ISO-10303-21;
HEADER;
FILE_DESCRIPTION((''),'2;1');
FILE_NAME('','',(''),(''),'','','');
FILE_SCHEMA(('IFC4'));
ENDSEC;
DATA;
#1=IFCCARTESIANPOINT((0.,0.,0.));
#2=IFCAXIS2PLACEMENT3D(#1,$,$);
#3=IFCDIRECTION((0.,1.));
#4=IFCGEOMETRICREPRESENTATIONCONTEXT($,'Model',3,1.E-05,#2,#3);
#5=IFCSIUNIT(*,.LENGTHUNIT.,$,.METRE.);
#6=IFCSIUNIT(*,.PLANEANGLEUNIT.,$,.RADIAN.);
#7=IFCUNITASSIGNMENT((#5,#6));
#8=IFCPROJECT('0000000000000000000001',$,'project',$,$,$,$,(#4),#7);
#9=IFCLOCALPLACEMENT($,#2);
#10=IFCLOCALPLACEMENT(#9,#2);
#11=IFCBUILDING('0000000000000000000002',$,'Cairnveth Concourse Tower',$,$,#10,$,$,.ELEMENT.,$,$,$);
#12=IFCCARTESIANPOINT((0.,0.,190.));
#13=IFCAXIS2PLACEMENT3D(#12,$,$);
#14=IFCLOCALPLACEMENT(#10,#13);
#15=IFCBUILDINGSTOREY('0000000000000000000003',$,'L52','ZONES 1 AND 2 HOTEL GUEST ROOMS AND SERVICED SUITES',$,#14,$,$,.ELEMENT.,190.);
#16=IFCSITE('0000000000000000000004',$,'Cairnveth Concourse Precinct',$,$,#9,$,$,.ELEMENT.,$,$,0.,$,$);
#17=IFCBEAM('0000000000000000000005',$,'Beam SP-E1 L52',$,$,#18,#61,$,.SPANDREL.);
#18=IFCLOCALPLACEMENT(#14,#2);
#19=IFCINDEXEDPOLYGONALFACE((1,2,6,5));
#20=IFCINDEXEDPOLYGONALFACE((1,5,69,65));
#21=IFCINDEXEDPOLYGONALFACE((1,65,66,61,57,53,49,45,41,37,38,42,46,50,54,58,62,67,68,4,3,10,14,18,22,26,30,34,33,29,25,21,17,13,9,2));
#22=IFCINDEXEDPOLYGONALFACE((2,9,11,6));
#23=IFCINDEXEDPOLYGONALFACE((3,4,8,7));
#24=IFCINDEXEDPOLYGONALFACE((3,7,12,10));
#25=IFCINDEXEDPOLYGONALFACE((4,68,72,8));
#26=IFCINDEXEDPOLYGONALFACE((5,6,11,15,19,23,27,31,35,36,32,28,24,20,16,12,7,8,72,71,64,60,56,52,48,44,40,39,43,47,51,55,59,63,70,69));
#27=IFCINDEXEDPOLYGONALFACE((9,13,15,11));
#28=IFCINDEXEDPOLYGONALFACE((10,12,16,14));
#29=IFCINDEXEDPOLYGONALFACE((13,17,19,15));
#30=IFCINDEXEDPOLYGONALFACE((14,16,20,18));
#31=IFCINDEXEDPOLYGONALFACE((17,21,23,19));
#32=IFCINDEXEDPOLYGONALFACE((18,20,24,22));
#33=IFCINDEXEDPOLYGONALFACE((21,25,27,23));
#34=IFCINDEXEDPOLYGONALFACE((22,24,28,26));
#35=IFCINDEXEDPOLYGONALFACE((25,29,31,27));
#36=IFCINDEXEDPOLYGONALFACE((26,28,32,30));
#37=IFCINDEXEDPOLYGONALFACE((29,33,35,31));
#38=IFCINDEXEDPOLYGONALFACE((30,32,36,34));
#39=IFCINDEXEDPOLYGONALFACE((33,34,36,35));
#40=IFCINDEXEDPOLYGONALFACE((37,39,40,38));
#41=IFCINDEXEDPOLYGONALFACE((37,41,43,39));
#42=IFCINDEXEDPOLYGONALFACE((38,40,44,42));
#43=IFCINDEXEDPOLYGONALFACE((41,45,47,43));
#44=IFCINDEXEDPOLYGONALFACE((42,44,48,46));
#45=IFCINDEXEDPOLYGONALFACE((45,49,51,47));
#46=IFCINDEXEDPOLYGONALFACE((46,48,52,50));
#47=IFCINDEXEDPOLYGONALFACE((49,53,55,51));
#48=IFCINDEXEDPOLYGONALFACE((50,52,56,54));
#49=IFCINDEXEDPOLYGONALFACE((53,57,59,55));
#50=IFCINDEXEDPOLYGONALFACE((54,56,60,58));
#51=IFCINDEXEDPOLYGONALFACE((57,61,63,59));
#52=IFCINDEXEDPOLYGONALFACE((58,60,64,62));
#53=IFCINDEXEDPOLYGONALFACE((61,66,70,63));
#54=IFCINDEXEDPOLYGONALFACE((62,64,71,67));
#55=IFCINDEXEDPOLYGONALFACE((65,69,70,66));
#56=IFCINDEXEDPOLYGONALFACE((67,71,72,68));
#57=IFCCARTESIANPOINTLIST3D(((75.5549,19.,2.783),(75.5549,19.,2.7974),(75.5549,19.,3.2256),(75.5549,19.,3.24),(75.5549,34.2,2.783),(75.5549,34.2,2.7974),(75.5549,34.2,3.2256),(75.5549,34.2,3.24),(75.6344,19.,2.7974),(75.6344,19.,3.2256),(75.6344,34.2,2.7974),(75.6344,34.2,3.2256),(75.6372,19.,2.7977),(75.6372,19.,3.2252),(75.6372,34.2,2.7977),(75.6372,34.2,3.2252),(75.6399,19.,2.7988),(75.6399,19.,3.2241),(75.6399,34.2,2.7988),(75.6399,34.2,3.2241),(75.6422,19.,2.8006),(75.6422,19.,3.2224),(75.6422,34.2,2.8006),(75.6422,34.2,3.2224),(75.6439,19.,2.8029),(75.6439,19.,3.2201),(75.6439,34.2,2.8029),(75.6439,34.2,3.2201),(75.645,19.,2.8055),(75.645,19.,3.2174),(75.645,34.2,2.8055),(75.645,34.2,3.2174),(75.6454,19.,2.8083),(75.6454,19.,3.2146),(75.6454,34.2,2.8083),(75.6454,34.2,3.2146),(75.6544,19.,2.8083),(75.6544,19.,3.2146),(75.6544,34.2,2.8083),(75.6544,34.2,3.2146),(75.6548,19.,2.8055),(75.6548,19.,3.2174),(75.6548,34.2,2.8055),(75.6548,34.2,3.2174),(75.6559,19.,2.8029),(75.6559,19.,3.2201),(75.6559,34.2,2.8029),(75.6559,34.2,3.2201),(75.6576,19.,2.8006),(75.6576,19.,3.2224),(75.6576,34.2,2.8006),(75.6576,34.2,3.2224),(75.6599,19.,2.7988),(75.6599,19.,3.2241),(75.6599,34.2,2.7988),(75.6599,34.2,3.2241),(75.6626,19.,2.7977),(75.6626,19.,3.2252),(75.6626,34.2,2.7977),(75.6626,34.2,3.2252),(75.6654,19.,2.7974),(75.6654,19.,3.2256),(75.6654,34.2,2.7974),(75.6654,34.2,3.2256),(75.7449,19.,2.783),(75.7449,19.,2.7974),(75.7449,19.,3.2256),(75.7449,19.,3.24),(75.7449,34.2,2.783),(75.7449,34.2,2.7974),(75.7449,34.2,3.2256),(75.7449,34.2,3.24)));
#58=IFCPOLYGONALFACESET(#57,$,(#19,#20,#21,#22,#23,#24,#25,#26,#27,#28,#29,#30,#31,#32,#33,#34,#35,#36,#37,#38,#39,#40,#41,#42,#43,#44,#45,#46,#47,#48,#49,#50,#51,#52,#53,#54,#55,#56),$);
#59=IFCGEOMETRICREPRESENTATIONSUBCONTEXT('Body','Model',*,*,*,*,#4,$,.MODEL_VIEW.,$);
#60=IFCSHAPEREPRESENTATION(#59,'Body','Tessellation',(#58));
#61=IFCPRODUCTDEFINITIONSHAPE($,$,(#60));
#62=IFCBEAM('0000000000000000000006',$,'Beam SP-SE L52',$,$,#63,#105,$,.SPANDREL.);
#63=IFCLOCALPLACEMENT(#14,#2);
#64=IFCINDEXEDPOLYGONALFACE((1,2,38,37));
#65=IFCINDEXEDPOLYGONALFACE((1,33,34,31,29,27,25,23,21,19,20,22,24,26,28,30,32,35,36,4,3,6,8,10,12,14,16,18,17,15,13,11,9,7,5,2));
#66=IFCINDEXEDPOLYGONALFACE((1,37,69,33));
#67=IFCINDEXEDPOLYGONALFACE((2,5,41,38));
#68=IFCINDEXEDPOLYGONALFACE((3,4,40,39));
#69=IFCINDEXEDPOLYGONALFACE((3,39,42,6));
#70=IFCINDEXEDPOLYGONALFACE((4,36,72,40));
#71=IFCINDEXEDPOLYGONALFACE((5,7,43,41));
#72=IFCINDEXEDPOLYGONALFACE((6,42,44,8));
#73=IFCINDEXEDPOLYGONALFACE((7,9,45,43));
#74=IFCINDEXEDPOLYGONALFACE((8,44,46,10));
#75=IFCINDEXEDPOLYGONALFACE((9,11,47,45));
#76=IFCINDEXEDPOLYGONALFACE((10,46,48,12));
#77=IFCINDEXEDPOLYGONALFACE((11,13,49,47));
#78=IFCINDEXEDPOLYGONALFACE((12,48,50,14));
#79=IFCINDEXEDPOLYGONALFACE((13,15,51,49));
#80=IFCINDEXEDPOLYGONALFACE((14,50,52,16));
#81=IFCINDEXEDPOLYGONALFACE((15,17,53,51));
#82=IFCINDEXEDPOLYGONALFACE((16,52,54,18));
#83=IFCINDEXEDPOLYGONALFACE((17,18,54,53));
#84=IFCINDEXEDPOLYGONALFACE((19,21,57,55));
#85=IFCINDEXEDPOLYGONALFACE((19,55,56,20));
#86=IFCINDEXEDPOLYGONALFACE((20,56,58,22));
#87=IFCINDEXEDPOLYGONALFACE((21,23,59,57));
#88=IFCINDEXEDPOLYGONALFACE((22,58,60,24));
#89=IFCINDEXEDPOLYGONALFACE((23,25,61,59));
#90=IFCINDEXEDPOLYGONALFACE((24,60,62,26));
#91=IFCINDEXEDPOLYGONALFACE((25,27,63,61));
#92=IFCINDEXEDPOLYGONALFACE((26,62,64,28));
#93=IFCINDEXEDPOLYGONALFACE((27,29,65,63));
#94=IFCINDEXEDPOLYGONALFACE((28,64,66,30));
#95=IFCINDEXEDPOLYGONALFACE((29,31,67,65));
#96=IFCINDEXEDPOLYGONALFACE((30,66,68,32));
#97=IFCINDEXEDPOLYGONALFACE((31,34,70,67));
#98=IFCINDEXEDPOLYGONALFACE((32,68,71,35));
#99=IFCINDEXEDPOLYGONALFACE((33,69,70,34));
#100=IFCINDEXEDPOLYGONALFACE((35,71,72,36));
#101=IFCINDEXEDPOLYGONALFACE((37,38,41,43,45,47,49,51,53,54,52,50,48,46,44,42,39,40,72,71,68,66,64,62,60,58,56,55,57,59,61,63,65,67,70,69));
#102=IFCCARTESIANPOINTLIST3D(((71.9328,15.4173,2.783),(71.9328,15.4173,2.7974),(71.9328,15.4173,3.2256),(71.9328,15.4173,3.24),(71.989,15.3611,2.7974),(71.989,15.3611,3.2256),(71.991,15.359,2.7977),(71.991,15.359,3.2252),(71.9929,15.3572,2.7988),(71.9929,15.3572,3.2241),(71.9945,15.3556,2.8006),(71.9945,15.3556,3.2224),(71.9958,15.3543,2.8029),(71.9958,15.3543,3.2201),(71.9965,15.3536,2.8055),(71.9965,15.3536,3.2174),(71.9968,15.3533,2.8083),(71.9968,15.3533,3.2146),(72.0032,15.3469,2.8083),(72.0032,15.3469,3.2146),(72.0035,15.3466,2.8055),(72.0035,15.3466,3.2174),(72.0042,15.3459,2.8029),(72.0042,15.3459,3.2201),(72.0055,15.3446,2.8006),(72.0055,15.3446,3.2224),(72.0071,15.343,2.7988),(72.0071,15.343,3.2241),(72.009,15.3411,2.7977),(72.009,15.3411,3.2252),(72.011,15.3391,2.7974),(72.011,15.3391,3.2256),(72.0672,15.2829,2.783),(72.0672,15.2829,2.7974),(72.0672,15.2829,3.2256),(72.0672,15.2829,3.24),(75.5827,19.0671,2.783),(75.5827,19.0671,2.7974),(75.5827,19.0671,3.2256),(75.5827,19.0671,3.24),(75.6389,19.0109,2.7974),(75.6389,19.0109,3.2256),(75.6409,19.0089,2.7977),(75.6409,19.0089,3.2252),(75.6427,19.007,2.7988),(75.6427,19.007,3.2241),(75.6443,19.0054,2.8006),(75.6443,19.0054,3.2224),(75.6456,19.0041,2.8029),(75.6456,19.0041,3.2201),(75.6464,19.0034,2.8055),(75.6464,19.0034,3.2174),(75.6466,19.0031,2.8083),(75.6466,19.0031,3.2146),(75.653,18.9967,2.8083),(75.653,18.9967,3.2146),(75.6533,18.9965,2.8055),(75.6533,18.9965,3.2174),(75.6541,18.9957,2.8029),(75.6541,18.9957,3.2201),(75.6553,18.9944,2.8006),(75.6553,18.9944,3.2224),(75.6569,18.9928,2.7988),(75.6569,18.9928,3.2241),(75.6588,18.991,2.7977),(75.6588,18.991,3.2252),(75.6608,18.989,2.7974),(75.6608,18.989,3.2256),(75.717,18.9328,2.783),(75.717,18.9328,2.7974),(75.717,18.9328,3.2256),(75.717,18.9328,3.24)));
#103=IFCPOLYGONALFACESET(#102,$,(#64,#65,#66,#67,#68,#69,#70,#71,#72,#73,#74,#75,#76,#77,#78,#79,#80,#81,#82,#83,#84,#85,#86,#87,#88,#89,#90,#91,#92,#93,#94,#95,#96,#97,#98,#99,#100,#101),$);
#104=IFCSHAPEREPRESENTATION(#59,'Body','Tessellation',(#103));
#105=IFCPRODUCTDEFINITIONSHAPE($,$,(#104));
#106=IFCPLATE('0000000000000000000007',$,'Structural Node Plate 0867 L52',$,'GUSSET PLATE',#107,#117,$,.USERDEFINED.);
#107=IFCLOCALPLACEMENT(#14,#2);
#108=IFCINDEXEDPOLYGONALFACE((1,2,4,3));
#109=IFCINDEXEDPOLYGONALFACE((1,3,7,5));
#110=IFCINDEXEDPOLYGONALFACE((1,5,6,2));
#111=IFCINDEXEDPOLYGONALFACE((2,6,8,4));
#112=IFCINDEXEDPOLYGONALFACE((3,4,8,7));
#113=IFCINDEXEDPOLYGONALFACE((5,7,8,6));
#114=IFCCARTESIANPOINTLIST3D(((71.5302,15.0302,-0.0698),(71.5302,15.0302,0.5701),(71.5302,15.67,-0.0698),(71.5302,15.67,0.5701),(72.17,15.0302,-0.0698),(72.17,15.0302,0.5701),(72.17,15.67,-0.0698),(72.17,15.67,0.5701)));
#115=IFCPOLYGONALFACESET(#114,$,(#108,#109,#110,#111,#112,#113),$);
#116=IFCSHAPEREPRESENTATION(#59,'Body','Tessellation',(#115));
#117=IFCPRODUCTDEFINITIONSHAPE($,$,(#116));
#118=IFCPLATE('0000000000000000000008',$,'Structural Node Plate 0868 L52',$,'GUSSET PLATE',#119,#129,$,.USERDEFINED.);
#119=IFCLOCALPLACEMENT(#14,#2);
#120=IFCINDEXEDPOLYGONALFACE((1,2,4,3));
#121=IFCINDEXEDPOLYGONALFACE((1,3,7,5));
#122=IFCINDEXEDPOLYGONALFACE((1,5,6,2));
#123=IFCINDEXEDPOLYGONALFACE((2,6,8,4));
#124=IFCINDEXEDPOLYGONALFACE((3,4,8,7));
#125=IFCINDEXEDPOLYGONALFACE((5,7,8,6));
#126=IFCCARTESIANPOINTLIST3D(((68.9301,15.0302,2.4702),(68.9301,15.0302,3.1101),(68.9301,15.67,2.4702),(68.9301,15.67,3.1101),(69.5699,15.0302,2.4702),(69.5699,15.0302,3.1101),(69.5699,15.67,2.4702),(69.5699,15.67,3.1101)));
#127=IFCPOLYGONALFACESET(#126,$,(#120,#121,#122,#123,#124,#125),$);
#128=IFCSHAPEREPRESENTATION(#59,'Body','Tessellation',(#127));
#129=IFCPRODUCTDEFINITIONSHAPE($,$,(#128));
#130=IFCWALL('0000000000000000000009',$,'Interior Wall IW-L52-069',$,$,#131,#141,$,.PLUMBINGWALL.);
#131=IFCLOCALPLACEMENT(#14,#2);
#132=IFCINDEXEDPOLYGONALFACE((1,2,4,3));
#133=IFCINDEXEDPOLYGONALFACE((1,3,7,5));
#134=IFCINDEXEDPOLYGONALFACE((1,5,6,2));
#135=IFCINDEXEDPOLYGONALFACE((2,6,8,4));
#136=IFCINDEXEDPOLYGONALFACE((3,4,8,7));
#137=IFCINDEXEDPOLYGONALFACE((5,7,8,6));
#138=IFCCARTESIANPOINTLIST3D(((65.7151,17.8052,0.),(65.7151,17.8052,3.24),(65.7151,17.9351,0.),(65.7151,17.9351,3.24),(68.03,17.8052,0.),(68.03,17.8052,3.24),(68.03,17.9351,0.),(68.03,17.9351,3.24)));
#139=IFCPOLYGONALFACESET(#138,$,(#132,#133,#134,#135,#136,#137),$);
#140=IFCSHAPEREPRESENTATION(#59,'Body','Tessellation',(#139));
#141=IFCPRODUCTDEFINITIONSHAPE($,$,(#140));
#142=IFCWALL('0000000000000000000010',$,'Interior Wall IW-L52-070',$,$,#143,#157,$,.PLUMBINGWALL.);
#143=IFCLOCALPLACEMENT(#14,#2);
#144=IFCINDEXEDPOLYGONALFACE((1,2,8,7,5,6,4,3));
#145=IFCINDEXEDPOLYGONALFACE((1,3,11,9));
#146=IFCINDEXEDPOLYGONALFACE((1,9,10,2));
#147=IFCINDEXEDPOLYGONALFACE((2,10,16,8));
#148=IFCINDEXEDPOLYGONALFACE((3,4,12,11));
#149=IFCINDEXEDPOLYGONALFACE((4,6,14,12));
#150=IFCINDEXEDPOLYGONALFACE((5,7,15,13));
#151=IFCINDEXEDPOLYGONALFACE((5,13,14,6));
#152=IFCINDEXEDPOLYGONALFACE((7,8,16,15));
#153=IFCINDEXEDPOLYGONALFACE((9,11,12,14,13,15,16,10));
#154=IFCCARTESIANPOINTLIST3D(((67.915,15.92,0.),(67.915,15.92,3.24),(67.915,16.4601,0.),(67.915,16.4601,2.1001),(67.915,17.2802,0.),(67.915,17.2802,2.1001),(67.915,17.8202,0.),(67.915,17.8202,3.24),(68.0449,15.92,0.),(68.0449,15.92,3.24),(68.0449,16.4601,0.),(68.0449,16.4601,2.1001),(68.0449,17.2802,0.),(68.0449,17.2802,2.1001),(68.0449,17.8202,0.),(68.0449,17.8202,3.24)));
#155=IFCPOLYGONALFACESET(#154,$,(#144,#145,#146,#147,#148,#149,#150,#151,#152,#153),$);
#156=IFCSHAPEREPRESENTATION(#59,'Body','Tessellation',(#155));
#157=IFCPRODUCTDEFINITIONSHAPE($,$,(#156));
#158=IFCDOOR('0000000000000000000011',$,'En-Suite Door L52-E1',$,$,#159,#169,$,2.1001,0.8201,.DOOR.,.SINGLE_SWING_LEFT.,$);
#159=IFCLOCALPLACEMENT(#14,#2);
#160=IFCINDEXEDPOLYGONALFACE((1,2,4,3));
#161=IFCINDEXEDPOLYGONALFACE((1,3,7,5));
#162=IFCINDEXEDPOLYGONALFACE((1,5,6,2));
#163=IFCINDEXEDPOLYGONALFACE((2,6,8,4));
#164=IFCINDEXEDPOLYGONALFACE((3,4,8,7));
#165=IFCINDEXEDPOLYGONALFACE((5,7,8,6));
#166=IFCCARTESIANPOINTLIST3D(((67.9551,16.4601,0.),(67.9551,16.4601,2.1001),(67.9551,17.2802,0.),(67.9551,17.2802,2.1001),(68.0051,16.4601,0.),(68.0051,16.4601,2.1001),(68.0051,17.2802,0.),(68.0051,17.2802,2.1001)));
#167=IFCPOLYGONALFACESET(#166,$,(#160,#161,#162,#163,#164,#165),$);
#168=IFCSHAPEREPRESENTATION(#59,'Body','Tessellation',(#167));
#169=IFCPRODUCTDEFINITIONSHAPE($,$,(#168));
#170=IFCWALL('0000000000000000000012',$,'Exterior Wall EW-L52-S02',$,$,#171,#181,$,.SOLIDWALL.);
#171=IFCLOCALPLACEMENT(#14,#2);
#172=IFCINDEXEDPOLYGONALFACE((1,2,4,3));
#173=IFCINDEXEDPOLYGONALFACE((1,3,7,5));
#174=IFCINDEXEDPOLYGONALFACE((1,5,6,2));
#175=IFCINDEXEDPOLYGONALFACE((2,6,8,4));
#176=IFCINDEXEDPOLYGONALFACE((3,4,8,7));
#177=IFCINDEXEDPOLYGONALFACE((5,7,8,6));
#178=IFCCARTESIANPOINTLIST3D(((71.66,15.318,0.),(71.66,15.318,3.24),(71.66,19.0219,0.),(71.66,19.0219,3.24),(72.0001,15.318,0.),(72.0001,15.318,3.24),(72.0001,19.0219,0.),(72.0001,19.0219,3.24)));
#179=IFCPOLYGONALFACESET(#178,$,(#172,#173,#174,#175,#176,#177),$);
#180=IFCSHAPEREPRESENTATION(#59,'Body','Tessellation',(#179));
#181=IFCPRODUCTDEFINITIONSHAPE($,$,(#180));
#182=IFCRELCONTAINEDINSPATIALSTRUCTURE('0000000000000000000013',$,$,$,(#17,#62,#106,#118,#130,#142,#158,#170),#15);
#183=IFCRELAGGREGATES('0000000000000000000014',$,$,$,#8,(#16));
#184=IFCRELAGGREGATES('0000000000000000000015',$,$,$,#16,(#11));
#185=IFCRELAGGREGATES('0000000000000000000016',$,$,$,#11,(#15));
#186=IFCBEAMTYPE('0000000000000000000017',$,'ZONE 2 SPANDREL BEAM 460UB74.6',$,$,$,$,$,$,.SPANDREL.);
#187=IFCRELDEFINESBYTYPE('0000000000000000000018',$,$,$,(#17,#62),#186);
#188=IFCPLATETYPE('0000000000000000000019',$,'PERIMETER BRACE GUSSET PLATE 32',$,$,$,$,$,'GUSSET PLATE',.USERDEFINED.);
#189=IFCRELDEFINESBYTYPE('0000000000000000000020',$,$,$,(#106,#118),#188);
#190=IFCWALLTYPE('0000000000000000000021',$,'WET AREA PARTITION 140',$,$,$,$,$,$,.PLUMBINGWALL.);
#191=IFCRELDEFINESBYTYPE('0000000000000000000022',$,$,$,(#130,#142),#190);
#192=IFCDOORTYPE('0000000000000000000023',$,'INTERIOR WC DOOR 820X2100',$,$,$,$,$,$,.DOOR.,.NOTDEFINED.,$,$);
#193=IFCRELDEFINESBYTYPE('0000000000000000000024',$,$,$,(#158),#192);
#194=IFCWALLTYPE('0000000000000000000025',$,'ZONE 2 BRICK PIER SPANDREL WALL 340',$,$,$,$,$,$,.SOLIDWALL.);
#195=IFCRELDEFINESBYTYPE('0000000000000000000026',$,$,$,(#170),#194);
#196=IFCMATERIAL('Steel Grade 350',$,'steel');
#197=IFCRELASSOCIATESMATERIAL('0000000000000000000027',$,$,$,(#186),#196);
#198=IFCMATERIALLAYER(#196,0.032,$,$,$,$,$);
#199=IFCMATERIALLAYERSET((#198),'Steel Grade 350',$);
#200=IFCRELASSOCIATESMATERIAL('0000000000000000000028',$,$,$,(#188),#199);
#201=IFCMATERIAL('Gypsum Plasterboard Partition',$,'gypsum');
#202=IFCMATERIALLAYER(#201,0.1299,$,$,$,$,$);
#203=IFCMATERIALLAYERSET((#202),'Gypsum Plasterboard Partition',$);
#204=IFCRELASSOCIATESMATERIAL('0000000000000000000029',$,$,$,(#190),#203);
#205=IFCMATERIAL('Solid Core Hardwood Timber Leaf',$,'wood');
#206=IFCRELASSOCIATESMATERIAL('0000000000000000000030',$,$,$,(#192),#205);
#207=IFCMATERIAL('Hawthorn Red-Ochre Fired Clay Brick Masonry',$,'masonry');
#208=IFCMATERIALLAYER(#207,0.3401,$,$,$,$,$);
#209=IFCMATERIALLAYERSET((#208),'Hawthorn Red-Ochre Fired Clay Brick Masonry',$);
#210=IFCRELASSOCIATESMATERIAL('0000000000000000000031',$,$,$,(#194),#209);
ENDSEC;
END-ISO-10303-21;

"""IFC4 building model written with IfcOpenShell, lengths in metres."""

from ifc_helpers import new_model, si_unit, direction, frame, frame_2d, origin, origin_2d, place, context, subcontext, project, spatial, rectangle, i_section, extrude, material, layer, layer_set, material_profile, profile_set, type_object, element, fill, save


model = new_model("IFC4")

# Units and contexts
model_context = context("Model", 3, precision=1e-05, world=origin(), true_north=direction((0.0, 1.0)))
body_context = subcontext(model_context, "Body", "Model", "MODEL_VIEW")
ifc_project = project(units=[si_unit("LENGTHUNIT", "METRE"), si_unit("PLANEANGLEUNIT", "RADIAN")], contexts=[model_context])

# Site, building, storey
site_placement = place(None, origin())
site = spatial("IfcSite", under=ifc_project, at=site_placement, Name="Cairnveth Concourse Precinct", CompositionType="ELEMENT", RefElevation=0.0)
building_placement = place(site_placement, origin())
building = spatial("IfcBuilding", under=site, at=building_placement, Name="Cairnveth Concourse Tower", CompositionType="ELEMENT")
storey_placement = place(building_placement, frame((0.0, 0.0, 190.0)))
storey = spatial("IfcBuildingStorey", under=building, at=storey_placement, Name="L52", Description="ZONES 1 AND 2 HOTEL GUEST ROOMS AND SERVICED SUITES", CompositionType="ELEMENT", Elevation=190.0)

# Shared definitions
ifc_material_1 = material(Name="Steel Grade 350", Category="steel")

# Beams
ifc_material_profile_1 = material_profile(ifc_material_1, i_section(OverallWidth=0.1899, OverallDepth=0.457, WebThickness=0.009, FlangeThickness=0.0144, FilletRadius=0.011, at=origin_2d()), Name="460UB74.6")
ifc_profile_set_1 = profile_set([ifc_material_profile_1], Name="Steel Grade 350")
beam_type_1 = type_object("IfcBeamType", Name="ZONE 2 SPANDREL BEAM 460UB74.6", PredefinedType="SPANDREL", material=ifc_profile_set_1)
beam_1_placement = place(storey_placement, frame((75.6499, 19.0, 3.0115), z_axis=(0.0, 1.0, 0.0), x_axis=(-1.0, 0.0, 0.0)))
element("IfcBeam", 1, at=beam_1_placement, inside=storey, type_object=beam_type_1, Name="Beam SP-E1 L52", PredefinedType="SPANDREL", context=body_context, shape_type="SweptSolid", body=[
    extrude(i_section(OverallWidth=0.1899, OverallDepth=0.457, WebThickness=0.009, FlangeThickness=0.0144, FilletRadius=0.011, at=origin_2d()), origin(), (0.0, 0.0, 1.0), 15.2),
])
beam_2_placement = place(storey_placement, frame((72.0, 15.3501, 3.0115), z_axis=(0.707107, 0.707107, 0.0), x_axis=(-0.707107, 0.707107, 0.0)))
element("IfcBeam", 2, at=beam_2_placement, inside=storey, type_object=beam_type_1, Name="Beam SP-SE L52", PredefinedType="SPANDREL", context=body_context, shape_type="SweptSolid", body=[
    extrude(i_section(OverallWidth=0.1899, OverallDepth=0.457, WebThickness=0.009, FlangeThickness=0.0144, FilletRadius=0.011, at=origin_2d()), origin(), (0.0, 0.0, 1.0), 5.1616),
])

# Plates
ifc_layer_1 = layer(ifc_material_1, 0.032)
ifc_layer_set_1 = layer_set([ifc_layer_1], Name="Steel Grade 350")
plate_type = type_object("IfcPlateType", Name="PERIMETER BRACE GUSSET PLATE 32", ElementType="GUSSET PLATE", PredefinedType="USERDEFINED", material=ifc_layer_set_1)
for number, where, z_axis, x_axis, name in (
    (3, (71.8501, 15.3501, -0.0698), (0.0, 0.0, 1.0), (1.0, 0.0, 0.0), "Structural Node Plate 0867 L52"),
    (4, (69.25, 15.3501, 2.4702), (0.0, 0.0, 1.0), (1.0, 0.0, 0.0), "Structural Node Plate 0868 L52"),
):
    element("IfcPlate", number, at=place(storey_placement, frame(where, z_axis=z_axis, x_axis=x_axis)), inside=storey, type_object=plate_type, Name=name, ObjectType="GUSSET PLATE", PredefinedType="USERDEFINED", context=body_context, shape_type="SweptSolid", body=[
        extrude(rectangle(XDim=0.6399, YDim=0.6399, at=origin_2d()), origin(), (0.0, 0.0, 1.0), 0.6399),
    ])

# Wall
ifc_material_2 = material(Name="Gypsum Plasterboard Partition", Category="gypsum")
ifc_layer_2 = layer(ifc_material_2, 0.1299)
ifc_layer_set_2 = layer_set([ifc_layer_2], Name="Gypsum Plasterboard Partition")
wall_type_1 = type_object("IfcWallType", Name="WET AREA PARTITION 140", PredefinedType="PLUMBINGWALL", material=ifc_layer_set_2)
wall_1_placement = place(storey_placement, frame((65.7151, 17.8701, 0.0), z_axis=(0.0, 0.0, 1.0), x_axis=(1.0, 0.0, 0.0)))
element("IfcWall", 5, at=wall_1_placement, inside=storey, type_object=wall_type_1, Name="Interior Wall IW-L52-069", PredefinedType="PLUMBINGWALL", context=body_context, shape_type="SweptSolid", body=[
    extrude(rectangle(XDim=2.3149, YDim=0.1299, at=frame_2d((1.1575, 0.0))), origin(), (0.0, 0.0, 1.0), 3.24),
])

# Wall, opening, door
wall_2_placement = place(storey_placement, frame((67.98, 15.9199, 0.0), z_axis=(0.0, 0.0, 1.0), x_axis=(0.0, 1.0, 0.0)))
wall_2 = element("IfcWall", 6, at=wall_2_placement, inside=storey, type_object=wall_type_1, Name="Interior Wall IW-L52-070", PredefinedType="PLUMBINGWALL", context=body_context, shape_type="SweptSolid", body=[
    extrude(rectangle(XDim=1.9001, YDim=0.1299, at=frame_2d((0.9502, 0.0))), origin(), (0.0, 0.0, 1.0), 3.24),
])
opening_1_placement = place(wall_2_placement, frame((0.54, 0.0, 0.0)))
opening_1 = element("IfcOpeningElement", 7, at=opening_1_placement, cuts=wall_2, PredefinedType="OPENING", context=body_context, shape_type="SweptSolid", body=[
    extrude(rectangle(XDim=0.8201, YDim=2.1001, at=frame_2d((0.4102, 1.05))), frame((0.0, 0.075, 0.0), z_axis=(0.0, -1.0, 0.0), x_axis=(1.0, 0.0, 0.0)), (0.0, 0.0, 1.0), 0.1499),
])
ifc_material_3 = material(Name="Solid Core Hardwood Timber Leaf", Category="wood")
door_type = type_object("IfcDoorType", Name="INTERIOR WC DOOR 820X2100", OperationType="NOTDEFINED", PredefinedType="DOOR", material=ifc_material_3)
door_placement = place(opening_1_placement, origin())
door = element("IfcDoor", 8, at=door_placement, inside=storey, type_object=door_type, Name="En-Suite Door L52-E1", OperationType="SINGLE_SWING_LEFT", OverallHeight=2.1001, OverallWidth=0.8201, PredefinedType="DOOR", context=body_context, shape_type="SweptSolid", body=[
    extrude(rectangle(XDim=0.8201, YDim=2.1001, at=frame_2d((0.4102, 1.05))), frame((0.0, 0.0249, 0.0), z_axis=(0.0, -1.0, 0.0), x_axis=(1.0, 0.0, 0.0)), (0.0, 0.0, 1.0), 0.05),
])
fill(opening_1, door)

# Wall
ifc_material_4 = material(Name="Hawthorn Red-Ochre Fired Clay Brick Masonry", Category="masonry")
ifc_layer_3 = layer(ifc_material_4, 0.3401)
ifc_layer_set_3 = layer_set([ifc_layer_3], Name="Hawthorn Red-Ochre Fired Clay Brick Masonry")
wall_type_2 = type_object("IfcWallType", Name="ZONE 2 BRICK PIER SPANDREL WALL 340", PredefinedType="SOLIDWALL", material=ifc_layer_set_3)
wall_3_placement = place(storey_placement, frame((71.8301, 19.022, 0.0), z_axis=(0.0, 0.0, 1.0), x_axis=(0.0, -1.0, 0.0)))
element("IfcWall", 9, at=wall_3_placement, inside=storey, type_object=wall_type_2, Name="Exterior Wall EW-L52-S02", PredefinedType="SOLIDWALL", context=body_context, shape_type="SweptSolid", body=[
    extrude(rectangle(XDim=3.7039, YDim=0.3401, at=frame_2d((1.8521, 0.0))), origin(), (0.0, 0.0, 1.0), 3.24),
])

save(model, "model.ifc")
